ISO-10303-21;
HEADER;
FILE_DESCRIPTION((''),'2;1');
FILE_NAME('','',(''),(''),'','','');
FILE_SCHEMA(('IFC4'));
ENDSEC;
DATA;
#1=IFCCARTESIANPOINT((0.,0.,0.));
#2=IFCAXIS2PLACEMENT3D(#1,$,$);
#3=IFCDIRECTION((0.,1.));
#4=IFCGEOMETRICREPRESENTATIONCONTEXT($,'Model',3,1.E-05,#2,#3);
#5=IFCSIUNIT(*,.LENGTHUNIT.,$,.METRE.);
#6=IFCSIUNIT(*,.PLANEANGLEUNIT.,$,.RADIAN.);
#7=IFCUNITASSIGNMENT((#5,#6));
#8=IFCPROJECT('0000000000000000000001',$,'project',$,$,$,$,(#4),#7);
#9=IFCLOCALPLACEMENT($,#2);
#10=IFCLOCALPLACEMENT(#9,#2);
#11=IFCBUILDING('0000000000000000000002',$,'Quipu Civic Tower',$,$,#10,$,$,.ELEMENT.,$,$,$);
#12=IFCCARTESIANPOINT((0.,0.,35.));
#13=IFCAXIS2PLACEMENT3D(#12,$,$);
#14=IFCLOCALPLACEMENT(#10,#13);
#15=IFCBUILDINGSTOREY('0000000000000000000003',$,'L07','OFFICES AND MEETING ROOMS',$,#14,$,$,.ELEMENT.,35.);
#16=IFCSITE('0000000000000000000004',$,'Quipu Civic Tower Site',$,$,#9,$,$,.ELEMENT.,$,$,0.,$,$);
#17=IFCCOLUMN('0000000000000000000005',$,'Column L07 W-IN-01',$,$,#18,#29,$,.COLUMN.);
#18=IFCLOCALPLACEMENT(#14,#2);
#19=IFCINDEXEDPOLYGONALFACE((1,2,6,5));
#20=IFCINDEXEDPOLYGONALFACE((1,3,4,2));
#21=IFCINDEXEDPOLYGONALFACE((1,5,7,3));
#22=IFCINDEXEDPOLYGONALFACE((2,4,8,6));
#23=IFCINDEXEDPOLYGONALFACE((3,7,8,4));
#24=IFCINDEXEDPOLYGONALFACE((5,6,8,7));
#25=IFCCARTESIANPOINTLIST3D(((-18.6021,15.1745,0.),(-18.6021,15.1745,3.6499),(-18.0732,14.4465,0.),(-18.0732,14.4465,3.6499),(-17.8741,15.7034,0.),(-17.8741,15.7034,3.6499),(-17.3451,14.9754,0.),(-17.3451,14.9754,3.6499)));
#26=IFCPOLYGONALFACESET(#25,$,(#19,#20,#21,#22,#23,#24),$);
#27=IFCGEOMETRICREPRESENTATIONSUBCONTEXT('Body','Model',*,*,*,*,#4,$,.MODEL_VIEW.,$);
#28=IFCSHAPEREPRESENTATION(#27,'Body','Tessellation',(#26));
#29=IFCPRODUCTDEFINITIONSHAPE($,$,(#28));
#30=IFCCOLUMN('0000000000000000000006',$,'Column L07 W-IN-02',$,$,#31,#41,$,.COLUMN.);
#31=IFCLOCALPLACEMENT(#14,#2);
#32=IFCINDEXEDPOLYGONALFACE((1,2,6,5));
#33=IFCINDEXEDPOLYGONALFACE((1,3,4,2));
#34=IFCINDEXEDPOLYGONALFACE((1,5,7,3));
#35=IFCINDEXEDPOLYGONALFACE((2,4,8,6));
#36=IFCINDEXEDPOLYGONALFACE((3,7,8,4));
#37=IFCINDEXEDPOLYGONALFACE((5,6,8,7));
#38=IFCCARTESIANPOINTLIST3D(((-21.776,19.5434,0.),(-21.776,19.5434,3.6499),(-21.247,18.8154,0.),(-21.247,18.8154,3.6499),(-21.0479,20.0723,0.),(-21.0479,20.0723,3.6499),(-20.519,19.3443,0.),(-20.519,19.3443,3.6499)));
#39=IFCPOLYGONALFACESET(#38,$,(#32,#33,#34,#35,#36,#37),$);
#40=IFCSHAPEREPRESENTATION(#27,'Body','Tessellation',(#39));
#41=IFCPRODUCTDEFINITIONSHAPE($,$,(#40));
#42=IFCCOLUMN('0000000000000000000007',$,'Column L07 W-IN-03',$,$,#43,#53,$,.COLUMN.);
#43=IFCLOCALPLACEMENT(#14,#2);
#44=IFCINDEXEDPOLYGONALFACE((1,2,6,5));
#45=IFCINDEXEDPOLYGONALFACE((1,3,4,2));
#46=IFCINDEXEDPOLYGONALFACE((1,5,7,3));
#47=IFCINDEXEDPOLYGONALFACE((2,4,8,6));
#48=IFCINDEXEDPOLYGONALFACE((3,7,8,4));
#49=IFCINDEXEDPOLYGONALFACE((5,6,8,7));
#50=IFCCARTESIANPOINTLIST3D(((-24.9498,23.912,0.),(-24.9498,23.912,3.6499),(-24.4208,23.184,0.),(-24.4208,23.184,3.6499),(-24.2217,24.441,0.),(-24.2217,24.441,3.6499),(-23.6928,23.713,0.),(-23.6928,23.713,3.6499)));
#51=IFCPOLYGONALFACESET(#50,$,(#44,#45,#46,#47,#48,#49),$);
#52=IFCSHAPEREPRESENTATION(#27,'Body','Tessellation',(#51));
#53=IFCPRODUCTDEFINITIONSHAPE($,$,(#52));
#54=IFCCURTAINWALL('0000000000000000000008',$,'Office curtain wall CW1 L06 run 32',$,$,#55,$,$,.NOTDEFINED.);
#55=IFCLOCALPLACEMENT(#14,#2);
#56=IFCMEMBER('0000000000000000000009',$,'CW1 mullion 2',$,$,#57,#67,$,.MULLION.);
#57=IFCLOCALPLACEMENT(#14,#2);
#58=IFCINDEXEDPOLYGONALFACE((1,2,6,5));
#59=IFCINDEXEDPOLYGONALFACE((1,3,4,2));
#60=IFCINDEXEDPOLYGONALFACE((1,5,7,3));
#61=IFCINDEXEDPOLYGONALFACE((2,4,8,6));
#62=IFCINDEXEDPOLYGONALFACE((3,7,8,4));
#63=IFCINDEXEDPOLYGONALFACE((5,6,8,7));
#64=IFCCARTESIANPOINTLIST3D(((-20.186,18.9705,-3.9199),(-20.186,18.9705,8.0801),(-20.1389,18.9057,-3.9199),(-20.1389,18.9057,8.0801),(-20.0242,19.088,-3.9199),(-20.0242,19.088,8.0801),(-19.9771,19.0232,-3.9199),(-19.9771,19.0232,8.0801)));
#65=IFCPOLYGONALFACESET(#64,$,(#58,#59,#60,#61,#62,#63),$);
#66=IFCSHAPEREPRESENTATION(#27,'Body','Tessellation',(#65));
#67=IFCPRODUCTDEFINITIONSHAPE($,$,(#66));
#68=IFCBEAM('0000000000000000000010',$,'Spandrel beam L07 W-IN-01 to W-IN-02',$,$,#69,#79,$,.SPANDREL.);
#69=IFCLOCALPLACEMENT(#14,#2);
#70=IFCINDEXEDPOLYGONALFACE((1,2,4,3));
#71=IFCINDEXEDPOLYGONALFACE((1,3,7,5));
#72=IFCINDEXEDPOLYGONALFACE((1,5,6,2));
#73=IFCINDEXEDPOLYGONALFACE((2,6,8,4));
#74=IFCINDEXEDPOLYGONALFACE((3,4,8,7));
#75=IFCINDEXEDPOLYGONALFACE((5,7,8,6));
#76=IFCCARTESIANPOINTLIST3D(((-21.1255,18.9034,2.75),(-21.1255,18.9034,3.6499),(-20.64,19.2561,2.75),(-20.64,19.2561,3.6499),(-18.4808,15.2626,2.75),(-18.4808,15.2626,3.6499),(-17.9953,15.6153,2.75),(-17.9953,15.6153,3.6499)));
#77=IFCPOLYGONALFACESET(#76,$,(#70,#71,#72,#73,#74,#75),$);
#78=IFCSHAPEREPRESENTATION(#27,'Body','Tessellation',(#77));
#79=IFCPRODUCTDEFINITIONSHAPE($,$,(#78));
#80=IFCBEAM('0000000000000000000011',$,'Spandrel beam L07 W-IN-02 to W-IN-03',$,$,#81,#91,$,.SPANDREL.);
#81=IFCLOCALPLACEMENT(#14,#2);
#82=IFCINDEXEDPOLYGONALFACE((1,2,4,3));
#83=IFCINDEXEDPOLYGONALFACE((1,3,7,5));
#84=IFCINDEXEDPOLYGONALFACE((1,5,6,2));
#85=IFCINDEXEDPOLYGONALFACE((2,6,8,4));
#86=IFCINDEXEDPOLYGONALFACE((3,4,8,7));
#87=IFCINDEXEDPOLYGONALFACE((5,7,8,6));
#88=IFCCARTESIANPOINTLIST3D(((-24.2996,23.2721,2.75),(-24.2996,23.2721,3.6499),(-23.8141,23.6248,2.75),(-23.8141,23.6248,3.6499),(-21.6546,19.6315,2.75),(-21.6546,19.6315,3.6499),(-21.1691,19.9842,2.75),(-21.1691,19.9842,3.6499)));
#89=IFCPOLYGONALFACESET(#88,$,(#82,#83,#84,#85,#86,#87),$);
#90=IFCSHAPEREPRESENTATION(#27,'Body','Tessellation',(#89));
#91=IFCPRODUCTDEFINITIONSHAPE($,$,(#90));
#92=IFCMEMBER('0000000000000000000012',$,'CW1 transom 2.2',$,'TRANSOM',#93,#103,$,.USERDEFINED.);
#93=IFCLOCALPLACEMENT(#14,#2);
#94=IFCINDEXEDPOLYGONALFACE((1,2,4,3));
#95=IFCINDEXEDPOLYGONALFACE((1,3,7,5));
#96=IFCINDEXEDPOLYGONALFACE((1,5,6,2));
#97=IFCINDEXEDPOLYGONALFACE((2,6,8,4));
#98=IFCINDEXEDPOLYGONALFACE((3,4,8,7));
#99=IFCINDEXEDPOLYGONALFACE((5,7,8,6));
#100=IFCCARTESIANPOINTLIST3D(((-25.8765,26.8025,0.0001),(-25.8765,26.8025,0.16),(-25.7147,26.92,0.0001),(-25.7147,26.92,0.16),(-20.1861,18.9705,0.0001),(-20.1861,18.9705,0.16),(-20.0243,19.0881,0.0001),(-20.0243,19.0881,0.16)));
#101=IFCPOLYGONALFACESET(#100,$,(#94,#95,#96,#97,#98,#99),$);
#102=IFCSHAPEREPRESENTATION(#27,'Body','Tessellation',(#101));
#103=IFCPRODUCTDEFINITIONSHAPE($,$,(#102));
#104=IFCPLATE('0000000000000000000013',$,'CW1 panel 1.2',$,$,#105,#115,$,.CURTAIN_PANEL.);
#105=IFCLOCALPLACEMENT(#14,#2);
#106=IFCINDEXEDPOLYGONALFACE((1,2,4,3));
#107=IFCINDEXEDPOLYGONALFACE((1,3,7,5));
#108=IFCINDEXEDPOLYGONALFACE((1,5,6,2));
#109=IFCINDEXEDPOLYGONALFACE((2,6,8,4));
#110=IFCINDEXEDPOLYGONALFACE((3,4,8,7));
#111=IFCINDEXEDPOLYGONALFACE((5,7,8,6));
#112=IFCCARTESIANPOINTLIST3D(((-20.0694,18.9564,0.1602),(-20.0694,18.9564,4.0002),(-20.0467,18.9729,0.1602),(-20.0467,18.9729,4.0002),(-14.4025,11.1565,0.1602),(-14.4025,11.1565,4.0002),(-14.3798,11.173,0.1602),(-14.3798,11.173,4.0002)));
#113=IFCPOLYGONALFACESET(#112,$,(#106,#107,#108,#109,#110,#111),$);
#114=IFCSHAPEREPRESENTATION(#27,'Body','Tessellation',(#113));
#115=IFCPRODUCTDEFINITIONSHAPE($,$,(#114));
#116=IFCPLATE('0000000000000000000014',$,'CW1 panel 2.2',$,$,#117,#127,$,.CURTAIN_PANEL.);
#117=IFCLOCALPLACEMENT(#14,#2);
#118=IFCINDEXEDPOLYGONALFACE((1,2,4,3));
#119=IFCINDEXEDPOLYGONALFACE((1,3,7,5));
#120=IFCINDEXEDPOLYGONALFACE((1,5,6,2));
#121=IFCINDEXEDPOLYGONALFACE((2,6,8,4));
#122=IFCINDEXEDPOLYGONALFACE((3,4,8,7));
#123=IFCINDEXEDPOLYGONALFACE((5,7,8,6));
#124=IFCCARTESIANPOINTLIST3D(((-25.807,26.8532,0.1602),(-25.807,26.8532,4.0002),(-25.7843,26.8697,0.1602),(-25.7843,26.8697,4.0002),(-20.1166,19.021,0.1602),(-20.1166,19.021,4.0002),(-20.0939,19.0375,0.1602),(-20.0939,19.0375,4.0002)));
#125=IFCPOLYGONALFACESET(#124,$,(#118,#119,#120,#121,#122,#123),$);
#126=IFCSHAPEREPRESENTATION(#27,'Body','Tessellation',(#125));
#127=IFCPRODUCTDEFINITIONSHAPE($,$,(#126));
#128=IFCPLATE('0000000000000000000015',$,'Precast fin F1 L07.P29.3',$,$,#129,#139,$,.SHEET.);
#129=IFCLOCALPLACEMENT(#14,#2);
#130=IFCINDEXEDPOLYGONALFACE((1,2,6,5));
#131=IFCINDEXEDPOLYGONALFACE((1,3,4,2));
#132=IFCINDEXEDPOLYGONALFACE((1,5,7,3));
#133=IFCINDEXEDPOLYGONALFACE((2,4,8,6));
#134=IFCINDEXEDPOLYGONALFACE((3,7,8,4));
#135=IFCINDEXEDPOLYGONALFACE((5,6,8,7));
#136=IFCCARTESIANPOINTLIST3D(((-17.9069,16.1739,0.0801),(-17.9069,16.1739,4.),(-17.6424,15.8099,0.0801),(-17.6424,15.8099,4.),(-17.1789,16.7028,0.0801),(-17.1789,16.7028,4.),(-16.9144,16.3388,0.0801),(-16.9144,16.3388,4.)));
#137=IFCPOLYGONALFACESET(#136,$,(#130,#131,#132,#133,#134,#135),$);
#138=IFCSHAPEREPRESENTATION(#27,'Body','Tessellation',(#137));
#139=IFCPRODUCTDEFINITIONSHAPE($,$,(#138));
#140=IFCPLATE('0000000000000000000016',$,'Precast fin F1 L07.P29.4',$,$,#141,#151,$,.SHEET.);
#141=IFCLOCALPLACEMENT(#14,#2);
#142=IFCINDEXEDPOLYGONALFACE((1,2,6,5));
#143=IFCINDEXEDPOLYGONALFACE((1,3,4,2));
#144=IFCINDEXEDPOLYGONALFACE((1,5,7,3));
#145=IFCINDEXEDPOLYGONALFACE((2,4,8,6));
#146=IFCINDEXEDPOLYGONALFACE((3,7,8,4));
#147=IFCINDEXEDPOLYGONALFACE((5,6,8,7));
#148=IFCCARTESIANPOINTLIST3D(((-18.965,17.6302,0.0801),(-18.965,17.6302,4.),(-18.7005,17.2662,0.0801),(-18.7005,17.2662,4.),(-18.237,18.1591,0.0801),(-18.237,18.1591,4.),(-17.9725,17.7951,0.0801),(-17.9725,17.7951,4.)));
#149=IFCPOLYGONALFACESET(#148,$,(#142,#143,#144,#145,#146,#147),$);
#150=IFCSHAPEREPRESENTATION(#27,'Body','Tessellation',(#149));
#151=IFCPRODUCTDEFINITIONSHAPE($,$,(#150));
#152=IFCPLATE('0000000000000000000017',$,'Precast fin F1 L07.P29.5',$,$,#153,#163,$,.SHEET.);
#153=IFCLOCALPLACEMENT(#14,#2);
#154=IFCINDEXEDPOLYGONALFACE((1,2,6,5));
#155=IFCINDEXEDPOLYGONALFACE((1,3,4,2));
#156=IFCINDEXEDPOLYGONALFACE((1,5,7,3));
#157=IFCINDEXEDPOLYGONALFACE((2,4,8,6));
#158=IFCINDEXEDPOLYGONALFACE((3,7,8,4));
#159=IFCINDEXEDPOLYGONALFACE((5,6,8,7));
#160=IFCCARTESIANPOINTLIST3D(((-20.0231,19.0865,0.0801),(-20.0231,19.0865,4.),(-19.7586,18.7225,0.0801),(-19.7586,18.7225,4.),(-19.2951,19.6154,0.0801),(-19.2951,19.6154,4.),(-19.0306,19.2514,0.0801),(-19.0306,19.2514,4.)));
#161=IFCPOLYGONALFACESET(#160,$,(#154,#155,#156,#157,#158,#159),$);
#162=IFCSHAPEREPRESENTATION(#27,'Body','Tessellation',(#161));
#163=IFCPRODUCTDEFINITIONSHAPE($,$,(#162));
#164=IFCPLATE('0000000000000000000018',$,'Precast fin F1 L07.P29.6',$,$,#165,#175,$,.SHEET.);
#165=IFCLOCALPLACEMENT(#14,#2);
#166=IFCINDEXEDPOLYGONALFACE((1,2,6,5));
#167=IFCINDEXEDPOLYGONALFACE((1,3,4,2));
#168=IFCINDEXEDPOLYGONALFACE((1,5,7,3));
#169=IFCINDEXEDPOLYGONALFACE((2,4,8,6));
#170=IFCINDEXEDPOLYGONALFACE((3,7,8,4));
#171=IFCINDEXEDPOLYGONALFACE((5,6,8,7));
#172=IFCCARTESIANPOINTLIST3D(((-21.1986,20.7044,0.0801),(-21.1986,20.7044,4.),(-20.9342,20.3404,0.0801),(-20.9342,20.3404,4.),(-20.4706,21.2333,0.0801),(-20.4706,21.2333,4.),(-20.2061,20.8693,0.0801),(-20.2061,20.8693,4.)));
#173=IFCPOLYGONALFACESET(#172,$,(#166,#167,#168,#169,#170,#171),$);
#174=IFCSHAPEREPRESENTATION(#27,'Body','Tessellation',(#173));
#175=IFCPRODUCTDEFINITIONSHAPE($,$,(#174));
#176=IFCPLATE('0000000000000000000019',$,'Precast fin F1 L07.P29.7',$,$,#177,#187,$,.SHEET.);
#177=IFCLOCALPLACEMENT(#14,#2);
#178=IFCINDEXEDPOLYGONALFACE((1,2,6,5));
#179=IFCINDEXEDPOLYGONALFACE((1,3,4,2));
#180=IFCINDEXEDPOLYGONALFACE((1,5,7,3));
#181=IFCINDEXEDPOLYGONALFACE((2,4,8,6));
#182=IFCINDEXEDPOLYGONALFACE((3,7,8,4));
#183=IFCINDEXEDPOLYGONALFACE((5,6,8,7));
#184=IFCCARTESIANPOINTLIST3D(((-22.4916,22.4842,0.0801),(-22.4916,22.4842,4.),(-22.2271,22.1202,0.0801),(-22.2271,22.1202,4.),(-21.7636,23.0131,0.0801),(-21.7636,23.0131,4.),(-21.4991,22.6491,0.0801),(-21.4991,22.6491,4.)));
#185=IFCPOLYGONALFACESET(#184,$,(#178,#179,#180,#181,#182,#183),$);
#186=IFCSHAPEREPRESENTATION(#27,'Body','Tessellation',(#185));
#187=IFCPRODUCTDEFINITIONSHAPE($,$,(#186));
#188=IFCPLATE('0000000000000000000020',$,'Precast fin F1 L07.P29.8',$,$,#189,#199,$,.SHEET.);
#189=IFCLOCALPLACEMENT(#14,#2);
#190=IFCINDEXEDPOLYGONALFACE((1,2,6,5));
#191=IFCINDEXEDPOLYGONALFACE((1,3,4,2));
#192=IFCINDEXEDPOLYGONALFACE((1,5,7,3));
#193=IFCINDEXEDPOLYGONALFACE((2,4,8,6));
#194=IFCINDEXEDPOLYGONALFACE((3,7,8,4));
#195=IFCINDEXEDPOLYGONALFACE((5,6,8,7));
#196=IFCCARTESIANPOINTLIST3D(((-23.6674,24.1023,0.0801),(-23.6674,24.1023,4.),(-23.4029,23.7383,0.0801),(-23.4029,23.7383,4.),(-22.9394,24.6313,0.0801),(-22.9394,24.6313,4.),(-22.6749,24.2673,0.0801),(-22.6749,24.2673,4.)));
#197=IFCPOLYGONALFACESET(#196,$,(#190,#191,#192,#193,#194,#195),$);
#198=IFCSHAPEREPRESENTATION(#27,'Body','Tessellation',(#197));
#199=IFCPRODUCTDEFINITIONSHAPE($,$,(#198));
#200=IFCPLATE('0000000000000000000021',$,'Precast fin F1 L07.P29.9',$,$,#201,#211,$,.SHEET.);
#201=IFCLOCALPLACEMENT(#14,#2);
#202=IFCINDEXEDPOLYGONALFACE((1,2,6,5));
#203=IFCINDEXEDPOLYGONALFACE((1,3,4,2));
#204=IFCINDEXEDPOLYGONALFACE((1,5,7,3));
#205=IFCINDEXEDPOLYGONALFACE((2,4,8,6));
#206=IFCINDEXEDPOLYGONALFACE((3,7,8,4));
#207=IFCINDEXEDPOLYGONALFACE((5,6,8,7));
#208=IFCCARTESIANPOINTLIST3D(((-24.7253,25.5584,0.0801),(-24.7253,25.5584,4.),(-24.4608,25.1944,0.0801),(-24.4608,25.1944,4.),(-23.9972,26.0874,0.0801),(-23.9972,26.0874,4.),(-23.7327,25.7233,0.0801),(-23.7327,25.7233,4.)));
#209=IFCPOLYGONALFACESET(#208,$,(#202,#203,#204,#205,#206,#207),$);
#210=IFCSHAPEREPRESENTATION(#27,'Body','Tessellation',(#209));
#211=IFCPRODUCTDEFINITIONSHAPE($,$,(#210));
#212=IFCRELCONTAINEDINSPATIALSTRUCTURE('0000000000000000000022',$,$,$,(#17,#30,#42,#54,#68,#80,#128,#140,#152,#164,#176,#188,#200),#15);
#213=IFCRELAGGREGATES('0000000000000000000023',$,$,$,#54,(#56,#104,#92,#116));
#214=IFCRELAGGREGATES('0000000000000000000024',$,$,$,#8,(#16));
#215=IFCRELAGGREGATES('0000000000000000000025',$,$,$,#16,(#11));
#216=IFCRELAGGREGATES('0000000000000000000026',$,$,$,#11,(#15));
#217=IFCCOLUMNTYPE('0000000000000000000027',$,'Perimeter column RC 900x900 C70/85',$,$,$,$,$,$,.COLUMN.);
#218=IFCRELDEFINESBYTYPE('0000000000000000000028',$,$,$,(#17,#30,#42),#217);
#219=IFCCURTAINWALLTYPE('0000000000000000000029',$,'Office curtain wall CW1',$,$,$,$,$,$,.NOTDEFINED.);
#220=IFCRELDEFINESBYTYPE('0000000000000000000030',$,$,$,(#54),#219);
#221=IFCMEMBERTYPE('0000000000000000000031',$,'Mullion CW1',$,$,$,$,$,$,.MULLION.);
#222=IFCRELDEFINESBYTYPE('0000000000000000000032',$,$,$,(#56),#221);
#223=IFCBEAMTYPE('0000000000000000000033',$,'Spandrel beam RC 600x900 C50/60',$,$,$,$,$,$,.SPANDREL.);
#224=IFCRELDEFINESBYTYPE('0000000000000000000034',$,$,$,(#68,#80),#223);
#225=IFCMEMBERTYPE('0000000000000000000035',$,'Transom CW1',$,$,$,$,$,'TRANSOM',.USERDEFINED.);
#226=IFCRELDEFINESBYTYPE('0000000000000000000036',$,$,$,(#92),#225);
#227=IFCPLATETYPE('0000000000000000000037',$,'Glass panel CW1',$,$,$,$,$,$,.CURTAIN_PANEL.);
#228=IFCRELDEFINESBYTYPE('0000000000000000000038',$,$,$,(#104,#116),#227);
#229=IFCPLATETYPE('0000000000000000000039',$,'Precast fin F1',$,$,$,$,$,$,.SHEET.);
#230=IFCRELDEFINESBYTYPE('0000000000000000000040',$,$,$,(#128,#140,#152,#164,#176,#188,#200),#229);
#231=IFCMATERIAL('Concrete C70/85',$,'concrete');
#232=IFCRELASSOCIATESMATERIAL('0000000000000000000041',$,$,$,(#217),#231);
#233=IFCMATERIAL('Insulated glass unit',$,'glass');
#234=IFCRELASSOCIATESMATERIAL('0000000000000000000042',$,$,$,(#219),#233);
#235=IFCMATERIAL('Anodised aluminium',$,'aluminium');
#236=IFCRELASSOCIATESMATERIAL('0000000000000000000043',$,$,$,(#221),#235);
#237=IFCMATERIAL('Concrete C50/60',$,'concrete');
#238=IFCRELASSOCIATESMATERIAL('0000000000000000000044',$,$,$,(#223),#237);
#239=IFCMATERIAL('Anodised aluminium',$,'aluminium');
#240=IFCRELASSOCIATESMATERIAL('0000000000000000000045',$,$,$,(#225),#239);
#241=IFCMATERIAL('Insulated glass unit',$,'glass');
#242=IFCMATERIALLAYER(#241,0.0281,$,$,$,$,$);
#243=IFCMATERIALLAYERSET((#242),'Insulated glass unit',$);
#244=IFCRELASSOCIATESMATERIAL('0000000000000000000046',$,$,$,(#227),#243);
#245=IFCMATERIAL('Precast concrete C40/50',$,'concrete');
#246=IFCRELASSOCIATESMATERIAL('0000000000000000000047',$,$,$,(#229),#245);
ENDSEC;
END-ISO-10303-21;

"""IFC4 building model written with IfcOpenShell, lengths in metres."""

from ifc_helpers import new_model, si_unit, direction, frame, origin, origin_2d, place, context, subcontext, project, spatial, rectangle, extrude, material, layer, layer_set, material_profile, profile_set, type_object, element, aggregate, save


model = new_model("IFC4")

# Units and contexts
model_context = context("Model", 3, precision=1e-05, world=origin(), true_north=direction((0.0, 1.0)))
body_context = subcontext(model_context, "Body", "Model", "MODEL_VIEW")
ifc_project = project(units=[si_unit("LENGTHUNIT", "METRE"), si_unit("PLANEANGLEUNIT", "RADIAN")], contexts=[model_context])

# Site, building, storey
site_placement = place(None, origin())
site = spatial("IfcSite", under=ifc_project, at=site_placement, Name="Quipu Civic Tower Site", CompositionType="ELEMENT", RefElevation=0.0)
building_placement = place(site_placement, origin())
building = spatial("IfcBuilding", under=site, at=building_placement, Name="Quipu Civic Tower", CompositionType="ELEMENT")
storey_placement = place(building_placement, frame((0.0, 0.0, 35.0)))
storey = spatial("IfcBuildingStorey", under=building, at=storey_placement, Name="L07", Description="OFFICES AND MEETING ROOMS", CompositionType="ELEMENT", Elevation=35.0)

# Columns
ifc_material_1 = material(Name="Concrete C70/85", Category="concrete")
ifc_material_profile_1 = material_profile(ifc_material_1, rectangle(XDim=0.8999, YDim=0.8999, at=origin_2d()), Name="RC900x900")
ifc_profile_set_1 = profile_set([ifc_material_profile_1], Name="Concrete C70/85")
column_type = type_object("IfcColumnType", Name="Perimeter column RC 900x900 C70/85", PredefinedType="COLUMN", material=ifc_profile_set_1)
for number, where, z_axis, x_axis, name in (
    (1, (-17.9736, 15.075, 0.0), (0.0, 0.0, 1.0), (-0.587785, 0.809017, 0.0), "Column L07 W-IN-01"),
    (2, (-21.1475, 19.4438, 0.0), (0.0, 0.0, 1.0), (-0.587785, 0.809017, 0.0), "Column L07 W-IN-02"),
    (3, (-24.3213, 23.8125, 0.0), (0.0, 0.0, 1.0), (-0.587785, 0.809017, 0.0), "Column L07 W-IN-03"),
):
    element("IfcColumn", number, at=place(storey_placement, frame(where, z_axis=z_axis, x_axis=x_axis)), inside=storey, type_object=column_type, Name=name, PredefinedType="COLUMN", context=body_context, shape_type="SweptSolid", body=[
        extrude(rectangle(XDim=0.8999, YDim=0.8999, at=origin_2d()), origin(), (0.0, 0.0, 1.0), 3.6499),
    ])

# Curtain wall, member
ifc_material_2 = material(Name="Insulated glass unit", Category="glass")
curtain_wall_type = type_object("IfcCurtainWallType", Name="Office curtain wall CW1", PredefinedType="NOTDEFINED", material=ifc_material_2)
curtain_wall_placement = place(storey_placement, origin())
curtain_wall = element("IfcCurtainWall", 4, at=curtain_wall_placement, inside=storey, type_object=curtain_wall_type, Name="Office curtain wall CW1 L06 run 32", PredefinedType="NOTDEFINED")
ifc_material_3 = material(Name="Anodised aluminium", Category="aluminium")
ifc_material_profile_2 = material_profile(ifc_material_3, rectangle(XDim=0.2, YDim=0.0801, at=origin_2d()), Name="RECT 200x80")
ifc_profile_set_2 = profile_set([ifc_material_profile_2], Name="Anodised aluminium")
member_type_1 = type_object("IfcMemberType", Name="Mullion CW1", PredefinedType="MULLION", material=ifc_profile_set_2)
member_1_placement = place(storey_placement, frame((-20.0815, 18.9968, -3.9199), z_axis=(0.0, 0.0, 1.0), x_axis=(-0.809017, -0.587786, 0.0)))
member_1 = element("IfcMember", 5, at=member_1_placement, type_object=member_type_1, Name="CW1 mullion 2", PredefinedType="MULLION", context=body_context, shape_type="SweptSolid", body=[
    extrude(rectangle(XDim=0.2, YDim=0.0801, at=origin_2d()), origin(), (0.0, 0.0, 1.0), 12.0),
])

# Beams
ifc_material_4 = material(Name="Concrete C50/60", Category="concrete")
ifc_material_profile_3 = material_profile(ifc_material_4, rectangle(XDim=0.6001, YDim=0.8999, at=origin_2d()), Name="RC600x900")
ifc_profile_set_3 = profile_set([ifc_material_profile_3], Name="Concrete C50/60")
beam_type = type_object("IfcBeamType", Name="Spandrel beam RC 600x900 C50/60", PredefinedType="SPANDREL", material=ifc_profile_set_3)
for number, where, z_axis, x_axis, name in (
    (6, (-18.238, 15.439, 3.2), (-0.587717, 0.809067, 0.0), (-0.809067, -0.587717, 0.0), "Spandrel beam L07 W-IN-01 to W-IN-02"),
    (7, (-21.4119, 19.8079, 3.2), (-0.587778, 0.809022, 0.0), (-0.809022, -0.587778, 0.0), "Spandrel beam L07 W-IN-02 to W-IN-03"),
):
    element("IfcBeam", number, at=place(storey_placement, frame(where, z_axis=z_axis, x_axis=x_axis)), inside=storey, type_object=beam_type, Name=name, PredefinedType="SPANDREL", context=body_context, shape_type="SweptSolid", body=[
        extrude(rectangle(XDim=0.6001, YDim=0.8999, at=origin_2d()), origin(), (0.0, 0.0, 1.0), 4.5),
    ])

# Member
ifc_material_5 = material(Name="Anodised aluminium", Category="aluminium")
ifc_material_profile_4 = material_profile(ifc_material_5, rectangle(XDim=0.2, YDim=0.1599, at=origin_2d()), Name="RECT 200x160")
ifc_profile_set_4 = profile_set([ifc_material_profile_4], Name="Anodised aluminium")
member_type_2 = type_object("IfcMemberType", Name="Transom CW1", ElementType="TRANSOM", PredefinedType="USERDEFINED", material=ifc_profile_set_4)
member_2_placement = place(storey_placement, frame((-20.1052, 19.0293, 0.0801), z_axis=(-0.587794, 0.809011, 0.0), x_axis=(-0.809011, -0.587794, 0.0)))
member_2 = element("IfcMember", 8, at=member_2_placement, type_object=member_type_2, Name="CW1 transom 2.2", ObjectType="TRANSOM", PredefinedType="USERDEFINED", context=body_context, shape_type="SweptSolid", body=[
    extrude(rectangle(XDim=0.2, YDim=0.1599, at=origin_2d()), origin(), (0.0, 0.0, 1.0), 9.6809),
])

# Plates
ifc_material_6 = material(Name="Insulated glass unit", Category="glass")
ifc_layer = layer(ifc_material_6, 0.0281)
ifc_layer_set = layer_set([ifc_layer], Name="Insulated glass unit")
plate_type_1 = type_object("IfcPlateType", Name="Glass panel CW1", PredefinedType="CURTAIN_PANEL", material=ifc_layer_set)
plate_1_placement = place(storey_placement, frame((-17.2246, 15.0647, 0.1602), z_axis=(0.0, 0.0, 1.0), x_axis=(-0.587786, 0.809017, 0.0)))
plate_1 = element("IfcPlate", 9, at=plate_1_placement, type_object=plate_type_1, Name="CW1 panel 1.2", PredefinedType="CURTAIN_PANEL", context=body_context, shape_type="SweptSolid", body=[
    extrude(rectangle(XDim=9.6411, YDim=0.0281, at=origin_2d()), origin(), (0.0, 0.0, 1.0), 3.8401),
])
plate_2_placement = place(storey_placement, frame((-22.9504, 22.9453, 0.1602), z_axis=(0.0, 0.0, 1.0), x_axis=(-0.587786, 0.809017, 0.0)))
plate_2 = element("IfcPlate", 10, at=plate_2_placement, type_object=plate_type_1, Name="CW1 panel 2.2", PredefinedType="CURTAIN_PANEL", context=body_context, shape_type="SweptSolid", body=[
    extrude(rectangle(XDim=9.6812, YDim=0.0281, at=origin_2d()), origin(), (0.0, 0.0, 1.0), 3.8401),
])
aggregate(curtain_wall, [member_1, plate_1, member_2, plate_2])

# Plates
ifc_material_7 = material(Name="Precast concrete C40/50", Category="concrete")
plate_type_2 = type_object("IfcPlateType", Name="Precast fin F1", PredefinedType="SHEET", material=ifc_material_7)
for number, where, z_axis, x_axis, name in (
    (11, (-17.4106, 16.2563, 0.0801), (0.0, 0.0, 1.0), (-0.587785, 0.809017, 0.0), "Precast fin F1 L07.P29.3"),
    (12, (-18.4688, 17.7126, 0.0801), (0.0, 0.0, 1.0), (-0.587785, 0.809017, 0.0), "Precast fin F1 L07.P29.4"),
    (13, (-19.5269, 19.1689, 0.0801), (0.0, 0.0, 1.0), (-0.587785, 0.809017, 0.0), "Precast fin F1 L07.P29.5"),
    (14, (-20.7024, 20.7869, 0.0801), (0.0, 0.0, 1.0), (-0.587785, 0.809017, 0.0), "Precast fin F1 L07.P29.6"),
    (15, (-21.9954, 22.5667, 0.0801), (0.0, 0.0, 1.0), (-0.587785, 0.809017, 0.0), "Precast fin F1 L07.P29.7"),
    (16, (-23.1711, 24.1848, 0.0801), (0.0, 0.0, 1.0), (-0.587785, 0.809017, 0.0), "Precast fin F1 L07.P29.8"),
    (17, (-24.229, 25.6409, 0.0801), (0.0, 0.0, 1.0), (-0.587785, 0.809017, 0.0), "Precast fin F1 L07.P29.9"),
):
    element("IfcPlate", number, at=place(storey_placement, frame(where, z_axis=z_axis, x_axis=x_axis)), inside=storey, type_object=plate_type_2, Name=name, PredefinedType="SHEET", context=body_context, shape_type="SweptSolid", body=[
        extrude(rectangle(XDim=0.45, YDim=0.8999, at=origin_2d()), origin(), (0.0, 0.0, 1.0), 3.9199),
    ])

save(model, "model.ifc")
